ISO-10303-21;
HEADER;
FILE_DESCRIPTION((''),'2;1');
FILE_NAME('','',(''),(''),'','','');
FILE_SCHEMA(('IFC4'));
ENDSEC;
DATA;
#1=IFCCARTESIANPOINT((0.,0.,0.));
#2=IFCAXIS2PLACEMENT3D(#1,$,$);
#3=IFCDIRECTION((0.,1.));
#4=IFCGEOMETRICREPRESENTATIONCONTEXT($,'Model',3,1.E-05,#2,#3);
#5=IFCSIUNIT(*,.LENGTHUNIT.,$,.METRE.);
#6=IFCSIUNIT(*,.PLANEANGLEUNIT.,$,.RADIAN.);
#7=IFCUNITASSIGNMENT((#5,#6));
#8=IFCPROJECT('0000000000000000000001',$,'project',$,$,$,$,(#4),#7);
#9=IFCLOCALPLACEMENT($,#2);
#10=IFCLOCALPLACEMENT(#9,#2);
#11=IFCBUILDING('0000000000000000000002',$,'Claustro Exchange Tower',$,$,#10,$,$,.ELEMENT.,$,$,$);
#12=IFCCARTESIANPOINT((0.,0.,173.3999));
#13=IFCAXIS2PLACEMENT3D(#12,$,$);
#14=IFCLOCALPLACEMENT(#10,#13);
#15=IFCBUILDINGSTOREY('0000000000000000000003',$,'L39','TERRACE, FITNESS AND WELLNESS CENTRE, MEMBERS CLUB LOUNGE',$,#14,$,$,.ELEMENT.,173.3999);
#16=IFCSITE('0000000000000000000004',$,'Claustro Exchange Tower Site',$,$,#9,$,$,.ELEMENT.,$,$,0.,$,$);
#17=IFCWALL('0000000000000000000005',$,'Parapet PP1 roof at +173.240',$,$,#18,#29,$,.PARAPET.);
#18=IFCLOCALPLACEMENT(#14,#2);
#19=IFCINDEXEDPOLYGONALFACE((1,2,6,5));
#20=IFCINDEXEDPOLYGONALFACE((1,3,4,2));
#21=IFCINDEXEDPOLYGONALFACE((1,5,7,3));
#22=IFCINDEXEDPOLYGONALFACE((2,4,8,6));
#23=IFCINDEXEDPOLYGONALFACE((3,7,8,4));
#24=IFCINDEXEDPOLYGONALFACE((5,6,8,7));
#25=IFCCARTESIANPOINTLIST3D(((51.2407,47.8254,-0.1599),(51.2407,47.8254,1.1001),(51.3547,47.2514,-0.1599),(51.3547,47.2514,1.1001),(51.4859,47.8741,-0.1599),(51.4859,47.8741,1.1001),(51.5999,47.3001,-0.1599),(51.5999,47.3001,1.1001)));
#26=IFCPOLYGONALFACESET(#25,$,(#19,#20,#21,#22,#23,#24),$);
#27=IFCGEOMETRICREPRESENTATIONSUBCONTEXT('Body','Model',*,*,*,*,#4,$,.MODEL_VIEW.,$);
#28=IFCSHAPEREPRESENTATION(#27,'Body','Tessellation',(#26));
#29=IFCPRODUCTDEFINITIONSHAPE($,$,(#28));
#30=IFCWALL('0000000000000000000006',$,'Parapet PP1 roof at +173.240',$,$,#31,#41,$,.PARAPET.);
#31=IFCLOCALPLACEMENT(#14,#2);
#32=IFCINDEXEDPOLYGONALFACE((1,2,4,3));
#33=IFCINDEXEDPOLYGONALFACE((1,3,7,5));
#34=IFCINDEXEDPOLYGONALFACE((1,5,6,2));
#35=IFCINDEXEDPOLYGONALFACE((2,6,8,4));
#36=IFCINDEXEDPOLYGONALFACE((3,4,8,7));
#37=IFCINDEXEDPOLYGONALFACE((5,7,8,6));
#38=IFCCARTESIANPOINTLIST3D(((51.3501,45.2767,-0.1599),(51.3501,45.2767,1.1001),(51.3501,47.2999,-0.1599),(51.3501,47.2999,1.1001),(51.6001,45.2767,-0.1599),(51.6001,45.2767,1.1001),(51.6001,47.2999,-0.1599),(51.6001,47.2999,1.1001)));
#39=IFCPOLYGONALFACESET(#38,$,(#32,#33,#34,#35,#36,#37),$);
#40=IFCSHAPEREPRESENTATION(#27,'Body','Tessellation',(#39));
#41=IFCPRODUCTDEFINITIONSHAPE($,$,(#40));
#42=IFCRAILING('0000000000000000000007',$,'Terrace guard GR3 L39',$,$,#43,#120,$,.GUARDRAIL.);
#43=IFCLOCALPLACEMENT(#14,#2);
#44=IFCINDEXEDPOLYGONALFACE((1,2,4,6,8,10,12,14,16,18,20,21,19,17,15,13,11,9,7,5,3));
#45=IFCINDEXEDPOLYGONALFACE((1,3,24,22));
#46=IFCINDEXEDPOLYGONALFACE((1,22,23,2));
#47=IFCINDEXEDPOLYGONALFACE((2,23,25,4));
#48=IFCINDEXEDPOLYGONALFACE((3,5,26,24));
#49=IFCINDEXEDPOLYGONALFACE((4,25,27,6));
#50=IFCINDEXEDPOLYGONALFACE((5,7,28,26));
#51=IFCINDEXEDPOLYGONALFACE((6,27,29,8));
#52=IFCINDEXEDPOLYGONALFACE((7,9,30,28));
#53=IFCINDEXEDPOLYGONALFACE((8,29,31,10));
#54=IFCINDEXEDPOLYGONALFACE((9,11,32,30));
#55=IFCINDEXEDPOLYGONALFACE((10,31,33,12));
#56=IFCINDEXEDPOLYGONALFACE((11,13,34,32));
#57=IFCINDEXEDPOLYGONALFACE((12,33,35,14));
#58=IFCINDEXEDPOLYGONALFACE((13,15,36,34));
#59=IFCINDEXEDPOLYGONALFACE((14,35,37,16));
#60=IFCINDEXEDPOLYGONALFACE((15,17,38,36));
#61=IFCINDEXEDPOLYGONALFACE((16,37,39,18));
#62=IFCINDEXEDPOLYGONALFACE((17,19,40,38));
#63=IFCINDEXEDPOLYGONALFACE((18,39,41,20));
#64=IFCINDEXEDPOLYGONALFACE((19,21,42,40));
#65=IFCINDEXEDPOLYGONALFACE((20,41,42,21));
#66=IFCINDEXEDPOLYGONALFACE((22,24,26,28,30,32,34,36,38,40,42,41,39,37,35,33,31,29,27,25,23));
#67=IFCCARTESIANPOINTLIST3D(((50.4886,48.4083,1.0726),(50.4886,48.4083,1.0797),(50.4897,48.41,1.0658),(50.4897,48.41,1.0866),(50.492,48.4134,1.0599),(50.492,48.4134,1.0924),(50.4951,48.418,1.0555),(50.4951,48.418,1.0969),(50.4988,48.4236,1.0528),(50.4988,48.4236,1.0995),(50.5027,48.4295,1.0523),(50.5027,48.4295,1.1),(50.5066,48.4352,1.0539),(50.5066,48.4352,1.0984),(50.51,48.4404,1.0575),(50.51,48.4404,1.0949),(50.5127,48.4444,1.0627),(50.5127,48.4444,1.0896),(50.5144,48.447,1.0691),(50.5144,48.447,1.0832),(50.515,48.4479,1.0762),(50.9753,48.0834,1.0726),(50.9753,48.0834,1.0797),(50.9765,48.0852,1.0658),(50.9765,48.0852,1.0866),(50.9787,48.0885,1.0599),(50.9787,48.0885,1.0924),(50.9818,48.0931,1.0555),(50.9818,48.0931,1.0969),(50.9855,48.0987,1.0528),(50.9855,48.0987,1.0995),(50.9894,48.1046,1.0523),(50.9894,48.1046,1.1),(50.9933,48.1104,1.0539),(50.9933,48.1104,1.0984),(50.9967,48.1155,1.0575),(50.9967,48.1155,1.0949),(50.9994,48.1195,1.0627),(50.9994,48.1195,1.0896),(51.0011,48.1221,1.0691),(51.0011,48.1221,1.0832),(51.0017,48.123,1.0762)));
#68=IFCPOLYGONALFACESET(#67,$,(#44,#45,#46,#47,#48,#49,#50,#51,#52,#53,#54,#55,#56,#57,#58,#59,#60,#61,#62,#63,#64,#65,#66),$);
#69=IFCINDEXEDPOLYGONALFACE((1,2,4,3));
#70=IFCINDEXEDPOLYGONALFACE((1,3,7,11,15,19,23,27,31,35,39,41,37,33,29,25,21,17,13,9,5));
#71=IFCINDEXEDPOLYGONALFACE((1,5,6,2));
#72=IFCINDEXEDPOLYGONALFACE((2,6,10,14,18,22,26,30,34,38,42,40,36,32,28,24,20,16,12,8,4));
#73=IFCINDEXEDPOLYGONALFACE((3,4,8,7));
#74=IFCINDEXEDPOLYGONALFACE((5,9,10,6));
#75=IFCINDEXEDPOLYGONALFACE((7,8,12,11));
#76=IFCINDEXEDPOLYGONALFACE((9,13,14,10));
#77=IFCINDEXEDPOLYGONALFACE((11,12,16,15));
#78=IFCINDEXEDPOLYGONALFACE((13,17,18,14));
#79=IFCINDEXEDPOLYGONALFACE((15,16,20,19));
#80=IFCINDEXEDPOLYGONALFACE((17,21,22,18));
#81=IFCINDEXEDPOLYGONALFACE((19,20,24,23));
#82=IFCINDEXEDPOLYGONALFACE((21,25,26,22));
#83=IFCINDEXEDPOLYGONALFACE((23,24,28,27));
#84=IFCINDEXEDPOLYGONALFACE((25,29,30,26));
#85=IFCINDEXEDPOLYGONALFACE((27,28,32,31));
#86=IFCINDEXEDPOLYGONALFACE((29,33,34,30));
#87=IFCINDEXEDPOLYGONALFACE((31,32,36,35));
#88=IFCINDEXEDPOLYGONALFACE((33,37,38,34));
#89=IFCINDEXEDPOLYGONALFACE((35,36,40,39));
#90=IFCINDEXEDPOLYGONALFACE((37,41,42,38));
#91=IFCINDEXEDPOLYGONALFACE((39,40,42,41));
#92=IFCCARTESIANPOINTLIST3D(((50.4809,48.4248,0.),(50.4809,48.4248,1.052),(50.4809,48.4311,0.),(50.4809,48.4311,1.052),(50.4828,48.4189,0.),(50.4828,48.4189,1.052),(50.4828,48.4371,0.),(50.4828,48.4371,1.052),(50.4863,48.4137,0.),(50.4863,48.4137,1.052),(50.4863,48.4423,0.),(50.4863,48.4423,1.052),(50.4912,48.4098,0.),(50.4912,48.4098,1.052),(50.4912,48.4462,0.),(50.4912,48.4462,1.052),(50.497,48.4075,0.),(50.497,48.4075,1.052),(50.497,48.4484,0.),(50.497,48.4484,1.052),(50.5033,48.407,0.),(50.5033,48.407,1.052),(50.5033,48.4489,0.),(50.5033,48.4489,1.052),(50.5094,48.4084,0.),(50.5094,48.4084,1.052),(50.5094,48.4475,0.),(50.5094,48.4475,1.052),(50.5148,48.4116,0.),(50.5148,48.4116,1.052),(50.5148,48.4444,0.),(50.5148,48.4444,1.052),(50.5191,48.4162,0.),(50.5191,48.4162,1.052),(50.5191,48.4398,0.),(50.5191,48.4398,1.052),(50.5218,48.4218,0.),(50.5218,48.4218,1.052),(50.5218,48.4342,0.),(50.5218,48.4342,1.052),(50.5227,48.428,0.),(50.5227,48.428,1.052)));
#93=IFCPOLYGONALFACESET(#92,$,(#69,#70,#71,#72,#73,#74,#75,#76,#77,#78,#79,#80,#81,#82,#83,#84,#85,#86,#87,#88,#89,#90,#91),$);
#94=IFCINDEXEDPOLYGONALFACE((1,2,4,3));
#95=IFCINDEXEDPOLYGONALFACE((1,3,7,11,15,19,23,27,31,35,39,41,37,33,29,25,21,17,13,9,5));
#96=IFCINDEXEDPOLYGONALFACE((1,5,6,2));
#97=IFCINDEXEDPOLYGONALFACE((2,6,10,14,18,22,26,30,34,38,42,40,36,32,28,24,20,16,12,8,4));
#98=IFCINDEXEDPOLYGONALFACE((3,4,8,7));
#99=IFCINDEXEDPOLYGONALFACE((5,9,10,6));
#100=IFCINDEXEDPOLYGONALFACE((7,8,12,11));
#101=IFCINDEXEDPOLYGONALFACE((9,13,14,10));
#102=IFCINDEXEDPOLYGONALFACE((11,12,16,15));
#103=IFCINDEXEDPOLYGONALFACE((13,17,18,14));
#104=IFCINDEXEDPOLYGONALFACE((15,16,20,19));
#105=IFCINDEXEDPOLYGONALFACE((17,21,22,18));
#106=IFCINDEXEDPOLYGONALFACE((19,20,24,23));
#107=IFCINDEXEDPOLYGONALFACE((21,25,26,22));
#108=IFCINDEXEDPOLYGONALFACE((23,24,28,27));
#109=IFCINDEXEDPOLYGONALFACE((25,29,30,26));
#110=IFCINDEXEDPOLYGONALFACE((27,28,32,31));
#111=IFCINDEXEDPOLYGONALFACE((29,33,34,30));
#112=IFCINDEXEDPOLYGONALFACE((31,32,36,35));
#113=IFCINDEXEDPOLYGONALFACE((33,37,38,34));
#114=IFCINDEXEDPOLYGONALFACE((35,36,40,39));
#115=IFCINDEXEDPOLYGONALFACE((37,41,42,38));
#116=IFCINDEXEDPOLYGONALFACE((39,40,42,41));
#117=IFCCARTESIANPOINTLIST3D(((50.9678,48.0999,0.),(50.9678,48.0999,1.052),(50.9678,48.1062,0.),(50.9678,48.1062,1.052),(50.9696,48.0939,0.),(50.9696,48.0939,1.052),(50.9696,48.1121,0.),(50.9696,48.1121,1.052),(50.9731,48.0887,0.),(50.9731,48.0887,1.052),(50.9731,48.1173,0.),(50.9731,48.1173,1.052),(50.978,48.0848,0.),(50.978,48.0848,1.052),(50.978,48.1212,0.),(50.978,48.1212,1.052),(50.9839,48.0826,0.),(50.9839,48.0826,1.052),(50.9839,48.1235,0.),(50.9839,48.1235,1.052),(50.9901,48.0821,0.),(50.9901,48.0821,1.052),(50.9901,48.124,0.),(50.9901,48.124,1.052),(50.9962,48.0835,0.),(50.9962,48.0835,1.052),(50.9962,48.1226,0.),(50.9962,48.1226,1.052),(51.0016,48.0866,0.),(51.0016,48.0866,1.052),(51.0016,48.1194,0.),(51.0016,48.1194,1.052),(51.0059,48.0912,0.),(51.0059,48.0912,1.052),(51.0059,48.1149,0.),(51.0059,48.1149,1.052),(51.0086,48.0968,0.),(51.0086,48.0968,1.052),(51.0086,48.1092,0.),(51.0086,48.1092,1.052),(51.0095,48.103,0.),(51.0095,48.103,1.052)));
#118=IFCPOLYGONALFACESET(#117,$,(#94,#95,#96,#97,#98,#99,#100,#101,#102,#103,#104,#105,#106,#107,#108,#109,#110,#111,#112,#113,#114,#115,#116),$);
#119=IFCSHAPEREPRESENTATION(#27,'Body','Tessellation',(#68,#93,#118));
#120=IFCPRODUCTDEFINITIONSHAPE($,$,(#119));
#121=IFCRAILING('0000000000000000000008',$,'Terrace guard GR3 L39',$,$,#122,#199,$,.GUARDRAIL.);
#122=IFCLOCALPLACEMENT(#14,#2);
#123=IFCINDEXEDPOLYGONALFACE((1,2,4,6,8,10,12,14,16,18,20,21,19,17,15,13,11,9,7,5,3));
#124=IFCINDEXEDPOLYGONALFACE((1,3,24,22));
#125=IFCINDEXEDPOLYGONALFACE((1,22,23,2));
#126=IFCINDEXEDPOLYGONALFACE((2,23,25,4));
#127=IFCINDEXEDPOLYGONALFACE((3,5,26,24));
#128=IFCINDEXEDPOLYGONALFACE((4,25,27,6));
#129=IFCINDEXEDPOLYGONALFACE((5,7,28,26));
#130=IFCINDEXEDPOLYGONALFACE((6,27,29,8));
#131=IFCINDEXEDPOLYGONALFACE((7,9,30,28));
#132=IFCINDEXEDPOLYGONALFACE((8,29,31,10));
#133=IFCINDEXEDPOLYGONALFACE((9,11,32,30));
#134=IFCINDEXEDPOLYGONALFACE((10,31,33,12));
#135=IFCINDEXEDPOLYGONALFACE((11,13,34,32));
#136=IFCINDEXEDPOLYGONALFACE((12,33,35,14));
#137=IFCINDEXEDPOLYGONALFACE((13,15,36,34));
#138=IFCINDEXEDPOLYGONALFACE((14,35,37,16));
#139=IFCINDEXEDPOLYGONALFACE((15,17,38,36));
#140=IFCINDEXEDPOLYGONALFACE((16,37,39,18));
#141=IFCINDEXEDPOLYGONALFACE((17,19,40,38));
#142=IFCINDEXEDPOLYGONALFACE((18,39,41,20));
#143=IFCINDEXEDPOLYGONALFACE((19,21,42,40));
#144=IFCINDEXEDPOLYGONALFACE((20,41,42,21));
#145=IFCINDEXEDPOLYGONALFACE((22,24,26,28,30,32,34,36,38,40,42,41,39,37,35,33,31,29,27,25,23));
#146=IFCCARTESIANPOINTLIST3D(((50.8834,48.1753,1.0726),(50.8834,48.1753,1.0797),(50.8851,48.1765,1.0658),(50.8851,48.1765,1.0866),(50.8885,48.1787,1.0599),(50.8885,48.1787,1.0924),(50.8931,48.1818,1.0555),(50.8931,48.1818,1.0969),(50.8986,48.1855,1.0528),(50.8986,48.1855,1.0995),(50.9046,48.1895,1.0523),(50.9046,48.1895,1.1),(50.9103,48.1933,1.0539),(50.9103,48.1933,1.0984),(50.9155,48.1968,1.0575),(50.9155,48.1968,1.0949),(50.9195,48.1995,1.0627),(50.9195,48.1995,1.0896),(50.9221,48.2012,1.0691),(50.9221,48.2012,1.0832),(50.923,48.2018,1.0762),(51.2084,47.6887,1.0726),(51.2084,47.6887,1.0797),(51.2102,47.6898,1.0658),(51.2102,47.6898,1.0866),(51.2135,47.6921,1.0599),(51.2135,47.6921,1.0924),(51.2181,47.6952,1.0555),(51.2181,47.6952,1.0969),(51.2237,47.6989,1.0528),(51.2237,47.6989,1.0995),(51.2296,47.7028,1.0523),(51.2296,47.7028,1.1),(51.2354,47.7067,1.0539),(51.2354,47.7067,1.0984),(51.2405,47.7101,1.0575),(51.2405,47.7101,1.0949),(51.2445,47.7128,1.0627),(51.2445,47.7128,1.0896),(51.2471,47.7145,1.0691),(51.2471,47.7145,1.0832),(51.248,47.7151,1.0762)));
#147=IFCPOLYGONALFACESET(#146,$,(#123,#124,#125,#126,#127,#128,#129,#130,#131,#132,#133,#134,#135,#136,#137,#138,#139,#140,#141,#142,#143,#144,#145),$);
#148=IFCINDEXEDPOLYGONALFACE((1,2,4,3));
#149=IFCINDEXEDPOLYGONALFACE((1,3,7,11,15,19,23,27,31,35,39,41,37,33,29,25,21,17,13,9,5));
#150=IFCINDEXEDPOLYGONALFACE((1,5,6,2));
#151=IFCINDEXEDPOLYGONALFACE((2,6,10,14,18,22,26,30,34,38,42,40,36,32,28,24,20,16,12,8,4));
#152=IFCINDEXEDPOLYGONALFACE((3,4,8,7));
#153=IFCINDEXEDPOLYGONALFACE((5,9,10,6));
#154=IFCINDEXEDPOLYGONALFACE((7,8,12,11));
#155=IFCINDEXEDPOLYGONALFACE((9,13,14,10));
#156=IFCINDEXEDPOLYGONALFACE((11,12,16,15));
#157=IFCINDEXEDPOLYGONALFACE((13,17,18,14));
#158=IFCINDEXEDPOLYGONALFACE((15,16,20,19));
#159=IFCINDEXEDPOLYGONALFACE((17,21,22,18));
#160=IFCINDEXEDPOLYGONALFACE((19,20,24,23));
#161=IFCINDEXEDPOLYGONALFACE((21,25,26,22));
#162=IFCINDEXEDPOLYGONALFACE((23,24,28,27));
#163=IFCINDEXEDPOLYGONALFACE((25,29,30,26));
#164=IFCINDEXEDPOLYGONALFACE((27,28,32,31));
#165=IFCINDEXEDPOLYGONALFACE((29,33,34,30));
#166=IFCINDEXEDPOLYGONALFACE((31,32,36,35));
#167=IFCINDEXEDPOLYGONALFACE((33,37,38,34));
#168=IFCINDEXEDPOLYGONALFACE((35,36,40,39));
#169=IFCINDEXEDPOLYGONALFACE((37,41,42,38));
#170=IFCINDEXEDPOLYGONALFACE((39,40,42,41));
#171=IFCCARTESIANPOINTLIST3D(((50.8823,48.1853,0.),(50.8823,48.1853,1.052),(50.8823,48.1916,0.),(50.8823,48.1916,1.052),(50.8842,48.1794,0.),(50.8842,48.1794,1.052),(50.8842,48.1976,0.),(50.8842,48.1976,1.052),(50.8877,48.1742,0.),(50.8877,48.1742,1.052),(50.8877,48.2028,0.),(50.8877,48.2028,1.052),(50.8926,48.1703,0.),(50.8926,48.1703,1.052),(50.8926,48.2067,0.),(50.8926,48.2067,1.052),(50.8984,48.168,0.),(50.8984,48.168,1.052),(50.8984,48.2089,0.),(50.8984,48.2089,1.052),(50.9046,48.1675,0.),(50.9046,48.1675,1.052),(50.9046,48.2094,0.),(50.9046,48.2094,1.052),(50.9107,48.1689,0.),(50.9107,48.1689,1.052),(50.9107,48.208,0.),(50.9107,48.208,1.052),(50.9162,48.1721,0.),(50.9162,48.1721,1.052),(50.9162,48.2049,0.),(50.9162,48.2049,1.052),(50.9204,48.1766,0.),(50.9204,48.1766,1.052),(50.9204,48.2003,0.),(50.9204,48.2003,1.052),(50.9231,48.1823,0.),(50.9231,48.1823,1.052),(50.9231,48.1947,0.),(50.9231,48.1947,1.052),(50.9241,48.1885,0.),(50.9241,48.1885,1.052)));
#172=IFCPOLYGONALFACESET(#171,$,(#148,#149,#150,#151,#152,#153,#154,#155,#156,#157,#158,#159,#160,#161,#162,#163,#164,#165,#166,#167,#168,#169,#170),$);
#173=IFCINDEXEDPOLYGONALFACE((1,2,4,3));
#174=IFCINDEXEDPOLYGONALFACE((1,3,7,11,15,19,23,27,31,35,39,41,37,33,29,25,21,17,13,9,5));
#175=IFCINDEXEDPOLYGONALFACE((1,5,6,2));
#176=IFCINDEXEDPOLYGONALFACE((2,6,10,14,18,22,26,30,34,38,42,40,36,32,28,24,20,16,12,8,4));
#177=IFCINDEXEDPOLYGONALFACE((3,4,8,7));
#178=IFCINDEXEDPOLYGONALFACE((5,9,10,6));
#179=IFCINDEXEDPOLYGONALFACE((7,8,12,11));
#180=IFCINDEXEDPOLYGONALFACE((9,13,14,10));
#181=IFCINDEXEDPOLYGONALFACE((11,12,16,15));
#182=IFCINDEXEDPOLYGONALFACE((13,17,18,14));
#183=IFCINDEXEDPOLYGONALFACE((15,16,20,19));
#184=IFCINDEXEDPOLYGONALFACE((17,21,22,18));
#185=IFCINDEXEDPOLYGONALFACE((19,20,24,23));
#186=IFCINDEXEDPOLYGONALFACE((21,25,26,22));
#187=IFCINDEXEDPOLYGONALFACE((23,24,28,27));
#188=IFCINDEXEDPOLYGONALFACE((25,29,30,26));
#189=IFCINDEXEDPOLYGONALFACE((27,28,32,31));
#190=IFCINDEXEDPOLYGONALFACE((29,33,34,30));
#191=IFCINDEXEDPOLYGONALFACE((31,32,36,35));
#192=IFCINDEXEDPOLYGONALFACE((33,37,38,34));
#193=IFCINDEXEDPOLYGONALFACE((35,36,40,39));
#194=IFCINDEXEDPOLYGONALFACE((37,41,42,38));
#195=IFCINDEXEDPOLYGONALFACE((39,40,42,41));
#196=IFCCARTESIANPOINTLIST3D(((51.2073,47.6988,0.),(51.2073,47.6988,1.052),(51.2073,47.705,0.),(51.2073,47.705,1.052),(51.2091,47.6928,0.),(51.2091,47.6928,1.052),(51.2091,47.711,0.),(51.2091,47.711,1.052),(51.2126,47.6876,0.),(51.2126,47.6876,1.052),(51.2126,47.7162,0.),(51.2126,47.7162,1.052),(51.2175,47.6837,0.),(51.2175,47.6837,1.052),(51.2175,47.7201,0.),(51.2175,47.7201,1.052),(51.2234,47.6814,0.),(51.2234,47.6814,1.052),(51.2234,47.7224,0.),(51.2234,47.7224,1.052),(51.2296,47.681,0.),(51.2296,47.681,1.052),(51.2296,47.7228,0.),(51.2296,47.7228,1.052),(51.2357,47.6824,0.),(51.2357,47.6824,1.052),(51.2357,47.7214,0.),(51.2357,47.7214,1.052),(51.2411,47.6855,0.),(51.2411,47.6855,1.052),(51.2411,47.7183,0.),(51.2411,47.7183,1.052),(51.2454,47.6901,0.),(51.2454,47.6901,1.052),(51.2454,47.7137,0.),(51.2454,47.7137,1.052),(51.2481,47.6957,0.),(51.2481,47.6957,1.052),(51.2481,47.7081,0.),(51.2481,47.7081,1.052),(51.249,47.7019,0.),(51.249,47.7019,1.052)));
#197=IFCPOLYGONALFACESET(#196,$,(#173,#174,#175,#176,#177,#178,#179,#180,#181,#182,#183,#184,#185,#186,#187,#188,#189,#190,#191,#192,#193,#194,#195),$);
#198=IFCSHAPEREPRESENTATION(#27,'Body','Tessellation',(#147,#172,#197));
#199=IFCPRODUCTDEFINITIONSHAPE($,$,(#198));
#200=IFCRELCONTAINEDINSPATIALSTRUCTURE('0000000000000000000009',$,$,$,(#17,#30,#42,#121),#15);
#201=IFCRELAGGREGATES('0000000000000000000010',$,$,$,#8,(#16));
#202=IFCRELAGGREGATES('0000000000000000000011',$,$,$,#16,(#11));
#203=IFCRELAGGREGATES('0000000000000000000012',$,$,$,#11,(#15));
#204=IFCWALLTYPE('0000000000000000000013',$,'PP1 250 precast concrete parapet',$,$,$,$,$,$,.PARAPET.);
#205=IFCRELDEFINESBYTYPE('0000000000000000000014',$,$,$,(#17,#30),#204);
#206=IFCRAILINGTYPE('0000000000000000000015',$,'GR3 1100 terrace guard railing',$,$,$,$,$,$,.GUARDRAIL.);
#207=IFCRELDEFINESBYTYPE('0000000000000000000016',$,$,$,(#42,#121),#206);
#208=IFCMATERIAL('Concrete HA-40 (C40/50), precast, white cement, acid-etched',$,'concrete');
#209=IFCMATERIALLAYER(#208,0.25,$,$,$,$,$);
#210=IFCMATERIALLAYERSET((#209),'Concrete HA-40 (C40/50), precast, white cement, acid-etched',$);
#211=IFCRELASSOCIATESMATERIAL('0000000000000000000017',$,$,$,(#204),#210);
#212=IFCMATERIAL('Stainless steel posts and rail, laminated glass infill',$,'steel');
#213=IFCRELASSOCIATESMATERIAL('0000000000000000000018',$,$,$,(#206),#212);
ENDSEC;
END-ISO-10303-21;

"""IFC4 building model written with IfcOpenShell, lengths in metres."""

from ifc_helpers import new_model, si_unit, direction, frame, frame_2d, origin, origin_2d, place, context, subcontext, project, spatial, rectangle, circle, extrude, material, layer, layer_set, type_object, element, save


model = new_model("IFC4")

# Units and contexts
model_context = context("Model", 3, precision=1e-05, world=origin(), true_north=direction((0.0, 1.0)))
body_context = subcontext(model_context, "Body", "Model", "MODEL_VIEW")
ifc_project = project(units=[si_unit("LENGTHUNIT", "METRE"), si_unit("PLANEANGLEUNIT", "RADIAN")], contexts=[model_context])

# Site, building, storey
site_placement = place(None, origin())
site = spatial("IfcSite", under=ifc_project, at=site_placement, Name="Claustro Exchange Tower Site", CompositionType="ELEMENT", RefElevation=0.0)
building_placement = place(site_placement, origin())
building = spatial("IfcBuilding", under=site, at=building_placement, Name="Claustro Exchange Tower", CompositionType="ELEMENT")
storey_placement = place(building_placement, frame((0.0, 0.0, 173.3999)))
storey = spatial("IfcBuildingStorey", under=building, at=storey_placement, Name="L39", Description="TERRACE, FITNESS AND WELLNESS CENTRE, MEMBERS CLUB LOUNGE", CompositionType="ELEMENT", Elevation=173.3999)

# Walls
ifc_material_1 = material(Name="Concrete HA-40 (C40/50), precast, white cement, acid-etched", Category="concrete")
ifc_layer_1 = layer(ifc_material_1, 0.25)
ifc_layer_set_1 = layer_set([ifc_layer_1], Name="Concrete HA-40 (C40/50), precast, white cement, acid-etched")
wall_type_1 = type_object("IfcWallType", Name="PP1 250 precast concrete parapet", PredefinedType="PARAPET", material=ifc_layer_set_1)
for number, where, z_axis, x_axis, name in (
    (1, (51.3633, 47.8496, -0.1599), (0.0, 0.0, 1.0), (0.194832, -0.980837, 0.0), "Parapet PP1 roof at +173.240"),
):
    element("IfcWall", number, at=place(storey_placement, frame(where, z_axis=z_axis, x_axis=x_axis)), inside=storey, type_object=wall_type_1, Name=name, PredefinedType="PARAPET", context=body_context, shape_type="SweptSolid", body=[
        extrude(rectangle(XDim=0.5852, YDim=0.25, at=frame_2d((0.2925, 0.0))), origin(), (0.0, 0.0, 1.0), 1.26),
    ])
wall_1_placement = place(storey_placement, frame((51.4751, 47.3, -0.1599), z_axis=(0.0, 0.0, 1.0), x_axis=(0.0, -1.0, 0.0)))
element("IfcWall", 2, at=wall_1_placement, inside=storey, type_object=wall_type_1, Name="Parapet PP1 roof at +173.240", PredefinedType="PARAPET", context=body_context, shape_type="SweptSolid", body=[
    extrude(rectangle(XDim=2.0232, YDim=0.25, at=frame_2d((1.0117, 0.0))), origin(), (0.0, 0.0, 1.0), 1.26),
])

# Railings
ifc_material_2 = material(Name="Stainless steel posts and rail, laminated glass infill", Category="steel")
railing_type = type_object("IfcRailingType", Name="GR3 1100 terrace guard railing", PredefinedType="GUARDRAIL", material=ifc_material_2)
railing_1_placement = place(storey_placement, frame((50.5017, 48.428, 0.0)))
element("IfcRailing", 3, at=railing_1_placement, inside=storey, type_object=railing_type, Name="Terrace guard GR3 L39", PredefinedType="GUARDRAIL", context=body_context, shape_type="SweptSolid", body=[
    extrude(circle(Radius=0.0239, at=origin_2d()), frame((0.0, 0.0, 1.0762), z_axis=(0.831729, -0.555181, 0.0), x_axis=(0.555181, 0.831729, 0.0)), (0.0, 0.0, 1.0), 0.5852),
    extrude(circle(Radius=0.021, at=origin_2d()), origin(), (0.0, 0.0, 1.0), 1.052),
    extrude(circle(Radius=0.021, at=origin_2d()), frame((0.4868, -0.325, 0.0)), (0.0, 0.0, 1.0), 1.052),
])
railing_2_placement = place(storey_placement, frame((50.9031, 48.1885, 0.0)))
element("IfcRailing", 4, at=railing_2_placement, inside=storey, type_object=railing_type, Name="Terrace guard GR3 L39", PredefinedType="GUARDRAIL", context=body_context, shape_type="SweptSolid", body=[
    extrude(circle(Radius=0.0239, at=origin_2d()), frame((0.0, 0.0, 1.0762), z_axis=(0.555374, -0.831601, 0.0), x_axis=(0.831601, 0.555374, 0.0)), (0.0, 0.0, 1.0), 0.5852),
    extrude(circle(Radius=0.021, at=origin_2d()), origin(), (0.0, 0.0, 1.0), 1.052),
    extrude(circle(Radius=0.021, at=origin_2d()), frame((0.325, -0.4866, 0.0)), (0.0, 0.0, 1.0), 1.052),
])

save(model, "model.ifc")
